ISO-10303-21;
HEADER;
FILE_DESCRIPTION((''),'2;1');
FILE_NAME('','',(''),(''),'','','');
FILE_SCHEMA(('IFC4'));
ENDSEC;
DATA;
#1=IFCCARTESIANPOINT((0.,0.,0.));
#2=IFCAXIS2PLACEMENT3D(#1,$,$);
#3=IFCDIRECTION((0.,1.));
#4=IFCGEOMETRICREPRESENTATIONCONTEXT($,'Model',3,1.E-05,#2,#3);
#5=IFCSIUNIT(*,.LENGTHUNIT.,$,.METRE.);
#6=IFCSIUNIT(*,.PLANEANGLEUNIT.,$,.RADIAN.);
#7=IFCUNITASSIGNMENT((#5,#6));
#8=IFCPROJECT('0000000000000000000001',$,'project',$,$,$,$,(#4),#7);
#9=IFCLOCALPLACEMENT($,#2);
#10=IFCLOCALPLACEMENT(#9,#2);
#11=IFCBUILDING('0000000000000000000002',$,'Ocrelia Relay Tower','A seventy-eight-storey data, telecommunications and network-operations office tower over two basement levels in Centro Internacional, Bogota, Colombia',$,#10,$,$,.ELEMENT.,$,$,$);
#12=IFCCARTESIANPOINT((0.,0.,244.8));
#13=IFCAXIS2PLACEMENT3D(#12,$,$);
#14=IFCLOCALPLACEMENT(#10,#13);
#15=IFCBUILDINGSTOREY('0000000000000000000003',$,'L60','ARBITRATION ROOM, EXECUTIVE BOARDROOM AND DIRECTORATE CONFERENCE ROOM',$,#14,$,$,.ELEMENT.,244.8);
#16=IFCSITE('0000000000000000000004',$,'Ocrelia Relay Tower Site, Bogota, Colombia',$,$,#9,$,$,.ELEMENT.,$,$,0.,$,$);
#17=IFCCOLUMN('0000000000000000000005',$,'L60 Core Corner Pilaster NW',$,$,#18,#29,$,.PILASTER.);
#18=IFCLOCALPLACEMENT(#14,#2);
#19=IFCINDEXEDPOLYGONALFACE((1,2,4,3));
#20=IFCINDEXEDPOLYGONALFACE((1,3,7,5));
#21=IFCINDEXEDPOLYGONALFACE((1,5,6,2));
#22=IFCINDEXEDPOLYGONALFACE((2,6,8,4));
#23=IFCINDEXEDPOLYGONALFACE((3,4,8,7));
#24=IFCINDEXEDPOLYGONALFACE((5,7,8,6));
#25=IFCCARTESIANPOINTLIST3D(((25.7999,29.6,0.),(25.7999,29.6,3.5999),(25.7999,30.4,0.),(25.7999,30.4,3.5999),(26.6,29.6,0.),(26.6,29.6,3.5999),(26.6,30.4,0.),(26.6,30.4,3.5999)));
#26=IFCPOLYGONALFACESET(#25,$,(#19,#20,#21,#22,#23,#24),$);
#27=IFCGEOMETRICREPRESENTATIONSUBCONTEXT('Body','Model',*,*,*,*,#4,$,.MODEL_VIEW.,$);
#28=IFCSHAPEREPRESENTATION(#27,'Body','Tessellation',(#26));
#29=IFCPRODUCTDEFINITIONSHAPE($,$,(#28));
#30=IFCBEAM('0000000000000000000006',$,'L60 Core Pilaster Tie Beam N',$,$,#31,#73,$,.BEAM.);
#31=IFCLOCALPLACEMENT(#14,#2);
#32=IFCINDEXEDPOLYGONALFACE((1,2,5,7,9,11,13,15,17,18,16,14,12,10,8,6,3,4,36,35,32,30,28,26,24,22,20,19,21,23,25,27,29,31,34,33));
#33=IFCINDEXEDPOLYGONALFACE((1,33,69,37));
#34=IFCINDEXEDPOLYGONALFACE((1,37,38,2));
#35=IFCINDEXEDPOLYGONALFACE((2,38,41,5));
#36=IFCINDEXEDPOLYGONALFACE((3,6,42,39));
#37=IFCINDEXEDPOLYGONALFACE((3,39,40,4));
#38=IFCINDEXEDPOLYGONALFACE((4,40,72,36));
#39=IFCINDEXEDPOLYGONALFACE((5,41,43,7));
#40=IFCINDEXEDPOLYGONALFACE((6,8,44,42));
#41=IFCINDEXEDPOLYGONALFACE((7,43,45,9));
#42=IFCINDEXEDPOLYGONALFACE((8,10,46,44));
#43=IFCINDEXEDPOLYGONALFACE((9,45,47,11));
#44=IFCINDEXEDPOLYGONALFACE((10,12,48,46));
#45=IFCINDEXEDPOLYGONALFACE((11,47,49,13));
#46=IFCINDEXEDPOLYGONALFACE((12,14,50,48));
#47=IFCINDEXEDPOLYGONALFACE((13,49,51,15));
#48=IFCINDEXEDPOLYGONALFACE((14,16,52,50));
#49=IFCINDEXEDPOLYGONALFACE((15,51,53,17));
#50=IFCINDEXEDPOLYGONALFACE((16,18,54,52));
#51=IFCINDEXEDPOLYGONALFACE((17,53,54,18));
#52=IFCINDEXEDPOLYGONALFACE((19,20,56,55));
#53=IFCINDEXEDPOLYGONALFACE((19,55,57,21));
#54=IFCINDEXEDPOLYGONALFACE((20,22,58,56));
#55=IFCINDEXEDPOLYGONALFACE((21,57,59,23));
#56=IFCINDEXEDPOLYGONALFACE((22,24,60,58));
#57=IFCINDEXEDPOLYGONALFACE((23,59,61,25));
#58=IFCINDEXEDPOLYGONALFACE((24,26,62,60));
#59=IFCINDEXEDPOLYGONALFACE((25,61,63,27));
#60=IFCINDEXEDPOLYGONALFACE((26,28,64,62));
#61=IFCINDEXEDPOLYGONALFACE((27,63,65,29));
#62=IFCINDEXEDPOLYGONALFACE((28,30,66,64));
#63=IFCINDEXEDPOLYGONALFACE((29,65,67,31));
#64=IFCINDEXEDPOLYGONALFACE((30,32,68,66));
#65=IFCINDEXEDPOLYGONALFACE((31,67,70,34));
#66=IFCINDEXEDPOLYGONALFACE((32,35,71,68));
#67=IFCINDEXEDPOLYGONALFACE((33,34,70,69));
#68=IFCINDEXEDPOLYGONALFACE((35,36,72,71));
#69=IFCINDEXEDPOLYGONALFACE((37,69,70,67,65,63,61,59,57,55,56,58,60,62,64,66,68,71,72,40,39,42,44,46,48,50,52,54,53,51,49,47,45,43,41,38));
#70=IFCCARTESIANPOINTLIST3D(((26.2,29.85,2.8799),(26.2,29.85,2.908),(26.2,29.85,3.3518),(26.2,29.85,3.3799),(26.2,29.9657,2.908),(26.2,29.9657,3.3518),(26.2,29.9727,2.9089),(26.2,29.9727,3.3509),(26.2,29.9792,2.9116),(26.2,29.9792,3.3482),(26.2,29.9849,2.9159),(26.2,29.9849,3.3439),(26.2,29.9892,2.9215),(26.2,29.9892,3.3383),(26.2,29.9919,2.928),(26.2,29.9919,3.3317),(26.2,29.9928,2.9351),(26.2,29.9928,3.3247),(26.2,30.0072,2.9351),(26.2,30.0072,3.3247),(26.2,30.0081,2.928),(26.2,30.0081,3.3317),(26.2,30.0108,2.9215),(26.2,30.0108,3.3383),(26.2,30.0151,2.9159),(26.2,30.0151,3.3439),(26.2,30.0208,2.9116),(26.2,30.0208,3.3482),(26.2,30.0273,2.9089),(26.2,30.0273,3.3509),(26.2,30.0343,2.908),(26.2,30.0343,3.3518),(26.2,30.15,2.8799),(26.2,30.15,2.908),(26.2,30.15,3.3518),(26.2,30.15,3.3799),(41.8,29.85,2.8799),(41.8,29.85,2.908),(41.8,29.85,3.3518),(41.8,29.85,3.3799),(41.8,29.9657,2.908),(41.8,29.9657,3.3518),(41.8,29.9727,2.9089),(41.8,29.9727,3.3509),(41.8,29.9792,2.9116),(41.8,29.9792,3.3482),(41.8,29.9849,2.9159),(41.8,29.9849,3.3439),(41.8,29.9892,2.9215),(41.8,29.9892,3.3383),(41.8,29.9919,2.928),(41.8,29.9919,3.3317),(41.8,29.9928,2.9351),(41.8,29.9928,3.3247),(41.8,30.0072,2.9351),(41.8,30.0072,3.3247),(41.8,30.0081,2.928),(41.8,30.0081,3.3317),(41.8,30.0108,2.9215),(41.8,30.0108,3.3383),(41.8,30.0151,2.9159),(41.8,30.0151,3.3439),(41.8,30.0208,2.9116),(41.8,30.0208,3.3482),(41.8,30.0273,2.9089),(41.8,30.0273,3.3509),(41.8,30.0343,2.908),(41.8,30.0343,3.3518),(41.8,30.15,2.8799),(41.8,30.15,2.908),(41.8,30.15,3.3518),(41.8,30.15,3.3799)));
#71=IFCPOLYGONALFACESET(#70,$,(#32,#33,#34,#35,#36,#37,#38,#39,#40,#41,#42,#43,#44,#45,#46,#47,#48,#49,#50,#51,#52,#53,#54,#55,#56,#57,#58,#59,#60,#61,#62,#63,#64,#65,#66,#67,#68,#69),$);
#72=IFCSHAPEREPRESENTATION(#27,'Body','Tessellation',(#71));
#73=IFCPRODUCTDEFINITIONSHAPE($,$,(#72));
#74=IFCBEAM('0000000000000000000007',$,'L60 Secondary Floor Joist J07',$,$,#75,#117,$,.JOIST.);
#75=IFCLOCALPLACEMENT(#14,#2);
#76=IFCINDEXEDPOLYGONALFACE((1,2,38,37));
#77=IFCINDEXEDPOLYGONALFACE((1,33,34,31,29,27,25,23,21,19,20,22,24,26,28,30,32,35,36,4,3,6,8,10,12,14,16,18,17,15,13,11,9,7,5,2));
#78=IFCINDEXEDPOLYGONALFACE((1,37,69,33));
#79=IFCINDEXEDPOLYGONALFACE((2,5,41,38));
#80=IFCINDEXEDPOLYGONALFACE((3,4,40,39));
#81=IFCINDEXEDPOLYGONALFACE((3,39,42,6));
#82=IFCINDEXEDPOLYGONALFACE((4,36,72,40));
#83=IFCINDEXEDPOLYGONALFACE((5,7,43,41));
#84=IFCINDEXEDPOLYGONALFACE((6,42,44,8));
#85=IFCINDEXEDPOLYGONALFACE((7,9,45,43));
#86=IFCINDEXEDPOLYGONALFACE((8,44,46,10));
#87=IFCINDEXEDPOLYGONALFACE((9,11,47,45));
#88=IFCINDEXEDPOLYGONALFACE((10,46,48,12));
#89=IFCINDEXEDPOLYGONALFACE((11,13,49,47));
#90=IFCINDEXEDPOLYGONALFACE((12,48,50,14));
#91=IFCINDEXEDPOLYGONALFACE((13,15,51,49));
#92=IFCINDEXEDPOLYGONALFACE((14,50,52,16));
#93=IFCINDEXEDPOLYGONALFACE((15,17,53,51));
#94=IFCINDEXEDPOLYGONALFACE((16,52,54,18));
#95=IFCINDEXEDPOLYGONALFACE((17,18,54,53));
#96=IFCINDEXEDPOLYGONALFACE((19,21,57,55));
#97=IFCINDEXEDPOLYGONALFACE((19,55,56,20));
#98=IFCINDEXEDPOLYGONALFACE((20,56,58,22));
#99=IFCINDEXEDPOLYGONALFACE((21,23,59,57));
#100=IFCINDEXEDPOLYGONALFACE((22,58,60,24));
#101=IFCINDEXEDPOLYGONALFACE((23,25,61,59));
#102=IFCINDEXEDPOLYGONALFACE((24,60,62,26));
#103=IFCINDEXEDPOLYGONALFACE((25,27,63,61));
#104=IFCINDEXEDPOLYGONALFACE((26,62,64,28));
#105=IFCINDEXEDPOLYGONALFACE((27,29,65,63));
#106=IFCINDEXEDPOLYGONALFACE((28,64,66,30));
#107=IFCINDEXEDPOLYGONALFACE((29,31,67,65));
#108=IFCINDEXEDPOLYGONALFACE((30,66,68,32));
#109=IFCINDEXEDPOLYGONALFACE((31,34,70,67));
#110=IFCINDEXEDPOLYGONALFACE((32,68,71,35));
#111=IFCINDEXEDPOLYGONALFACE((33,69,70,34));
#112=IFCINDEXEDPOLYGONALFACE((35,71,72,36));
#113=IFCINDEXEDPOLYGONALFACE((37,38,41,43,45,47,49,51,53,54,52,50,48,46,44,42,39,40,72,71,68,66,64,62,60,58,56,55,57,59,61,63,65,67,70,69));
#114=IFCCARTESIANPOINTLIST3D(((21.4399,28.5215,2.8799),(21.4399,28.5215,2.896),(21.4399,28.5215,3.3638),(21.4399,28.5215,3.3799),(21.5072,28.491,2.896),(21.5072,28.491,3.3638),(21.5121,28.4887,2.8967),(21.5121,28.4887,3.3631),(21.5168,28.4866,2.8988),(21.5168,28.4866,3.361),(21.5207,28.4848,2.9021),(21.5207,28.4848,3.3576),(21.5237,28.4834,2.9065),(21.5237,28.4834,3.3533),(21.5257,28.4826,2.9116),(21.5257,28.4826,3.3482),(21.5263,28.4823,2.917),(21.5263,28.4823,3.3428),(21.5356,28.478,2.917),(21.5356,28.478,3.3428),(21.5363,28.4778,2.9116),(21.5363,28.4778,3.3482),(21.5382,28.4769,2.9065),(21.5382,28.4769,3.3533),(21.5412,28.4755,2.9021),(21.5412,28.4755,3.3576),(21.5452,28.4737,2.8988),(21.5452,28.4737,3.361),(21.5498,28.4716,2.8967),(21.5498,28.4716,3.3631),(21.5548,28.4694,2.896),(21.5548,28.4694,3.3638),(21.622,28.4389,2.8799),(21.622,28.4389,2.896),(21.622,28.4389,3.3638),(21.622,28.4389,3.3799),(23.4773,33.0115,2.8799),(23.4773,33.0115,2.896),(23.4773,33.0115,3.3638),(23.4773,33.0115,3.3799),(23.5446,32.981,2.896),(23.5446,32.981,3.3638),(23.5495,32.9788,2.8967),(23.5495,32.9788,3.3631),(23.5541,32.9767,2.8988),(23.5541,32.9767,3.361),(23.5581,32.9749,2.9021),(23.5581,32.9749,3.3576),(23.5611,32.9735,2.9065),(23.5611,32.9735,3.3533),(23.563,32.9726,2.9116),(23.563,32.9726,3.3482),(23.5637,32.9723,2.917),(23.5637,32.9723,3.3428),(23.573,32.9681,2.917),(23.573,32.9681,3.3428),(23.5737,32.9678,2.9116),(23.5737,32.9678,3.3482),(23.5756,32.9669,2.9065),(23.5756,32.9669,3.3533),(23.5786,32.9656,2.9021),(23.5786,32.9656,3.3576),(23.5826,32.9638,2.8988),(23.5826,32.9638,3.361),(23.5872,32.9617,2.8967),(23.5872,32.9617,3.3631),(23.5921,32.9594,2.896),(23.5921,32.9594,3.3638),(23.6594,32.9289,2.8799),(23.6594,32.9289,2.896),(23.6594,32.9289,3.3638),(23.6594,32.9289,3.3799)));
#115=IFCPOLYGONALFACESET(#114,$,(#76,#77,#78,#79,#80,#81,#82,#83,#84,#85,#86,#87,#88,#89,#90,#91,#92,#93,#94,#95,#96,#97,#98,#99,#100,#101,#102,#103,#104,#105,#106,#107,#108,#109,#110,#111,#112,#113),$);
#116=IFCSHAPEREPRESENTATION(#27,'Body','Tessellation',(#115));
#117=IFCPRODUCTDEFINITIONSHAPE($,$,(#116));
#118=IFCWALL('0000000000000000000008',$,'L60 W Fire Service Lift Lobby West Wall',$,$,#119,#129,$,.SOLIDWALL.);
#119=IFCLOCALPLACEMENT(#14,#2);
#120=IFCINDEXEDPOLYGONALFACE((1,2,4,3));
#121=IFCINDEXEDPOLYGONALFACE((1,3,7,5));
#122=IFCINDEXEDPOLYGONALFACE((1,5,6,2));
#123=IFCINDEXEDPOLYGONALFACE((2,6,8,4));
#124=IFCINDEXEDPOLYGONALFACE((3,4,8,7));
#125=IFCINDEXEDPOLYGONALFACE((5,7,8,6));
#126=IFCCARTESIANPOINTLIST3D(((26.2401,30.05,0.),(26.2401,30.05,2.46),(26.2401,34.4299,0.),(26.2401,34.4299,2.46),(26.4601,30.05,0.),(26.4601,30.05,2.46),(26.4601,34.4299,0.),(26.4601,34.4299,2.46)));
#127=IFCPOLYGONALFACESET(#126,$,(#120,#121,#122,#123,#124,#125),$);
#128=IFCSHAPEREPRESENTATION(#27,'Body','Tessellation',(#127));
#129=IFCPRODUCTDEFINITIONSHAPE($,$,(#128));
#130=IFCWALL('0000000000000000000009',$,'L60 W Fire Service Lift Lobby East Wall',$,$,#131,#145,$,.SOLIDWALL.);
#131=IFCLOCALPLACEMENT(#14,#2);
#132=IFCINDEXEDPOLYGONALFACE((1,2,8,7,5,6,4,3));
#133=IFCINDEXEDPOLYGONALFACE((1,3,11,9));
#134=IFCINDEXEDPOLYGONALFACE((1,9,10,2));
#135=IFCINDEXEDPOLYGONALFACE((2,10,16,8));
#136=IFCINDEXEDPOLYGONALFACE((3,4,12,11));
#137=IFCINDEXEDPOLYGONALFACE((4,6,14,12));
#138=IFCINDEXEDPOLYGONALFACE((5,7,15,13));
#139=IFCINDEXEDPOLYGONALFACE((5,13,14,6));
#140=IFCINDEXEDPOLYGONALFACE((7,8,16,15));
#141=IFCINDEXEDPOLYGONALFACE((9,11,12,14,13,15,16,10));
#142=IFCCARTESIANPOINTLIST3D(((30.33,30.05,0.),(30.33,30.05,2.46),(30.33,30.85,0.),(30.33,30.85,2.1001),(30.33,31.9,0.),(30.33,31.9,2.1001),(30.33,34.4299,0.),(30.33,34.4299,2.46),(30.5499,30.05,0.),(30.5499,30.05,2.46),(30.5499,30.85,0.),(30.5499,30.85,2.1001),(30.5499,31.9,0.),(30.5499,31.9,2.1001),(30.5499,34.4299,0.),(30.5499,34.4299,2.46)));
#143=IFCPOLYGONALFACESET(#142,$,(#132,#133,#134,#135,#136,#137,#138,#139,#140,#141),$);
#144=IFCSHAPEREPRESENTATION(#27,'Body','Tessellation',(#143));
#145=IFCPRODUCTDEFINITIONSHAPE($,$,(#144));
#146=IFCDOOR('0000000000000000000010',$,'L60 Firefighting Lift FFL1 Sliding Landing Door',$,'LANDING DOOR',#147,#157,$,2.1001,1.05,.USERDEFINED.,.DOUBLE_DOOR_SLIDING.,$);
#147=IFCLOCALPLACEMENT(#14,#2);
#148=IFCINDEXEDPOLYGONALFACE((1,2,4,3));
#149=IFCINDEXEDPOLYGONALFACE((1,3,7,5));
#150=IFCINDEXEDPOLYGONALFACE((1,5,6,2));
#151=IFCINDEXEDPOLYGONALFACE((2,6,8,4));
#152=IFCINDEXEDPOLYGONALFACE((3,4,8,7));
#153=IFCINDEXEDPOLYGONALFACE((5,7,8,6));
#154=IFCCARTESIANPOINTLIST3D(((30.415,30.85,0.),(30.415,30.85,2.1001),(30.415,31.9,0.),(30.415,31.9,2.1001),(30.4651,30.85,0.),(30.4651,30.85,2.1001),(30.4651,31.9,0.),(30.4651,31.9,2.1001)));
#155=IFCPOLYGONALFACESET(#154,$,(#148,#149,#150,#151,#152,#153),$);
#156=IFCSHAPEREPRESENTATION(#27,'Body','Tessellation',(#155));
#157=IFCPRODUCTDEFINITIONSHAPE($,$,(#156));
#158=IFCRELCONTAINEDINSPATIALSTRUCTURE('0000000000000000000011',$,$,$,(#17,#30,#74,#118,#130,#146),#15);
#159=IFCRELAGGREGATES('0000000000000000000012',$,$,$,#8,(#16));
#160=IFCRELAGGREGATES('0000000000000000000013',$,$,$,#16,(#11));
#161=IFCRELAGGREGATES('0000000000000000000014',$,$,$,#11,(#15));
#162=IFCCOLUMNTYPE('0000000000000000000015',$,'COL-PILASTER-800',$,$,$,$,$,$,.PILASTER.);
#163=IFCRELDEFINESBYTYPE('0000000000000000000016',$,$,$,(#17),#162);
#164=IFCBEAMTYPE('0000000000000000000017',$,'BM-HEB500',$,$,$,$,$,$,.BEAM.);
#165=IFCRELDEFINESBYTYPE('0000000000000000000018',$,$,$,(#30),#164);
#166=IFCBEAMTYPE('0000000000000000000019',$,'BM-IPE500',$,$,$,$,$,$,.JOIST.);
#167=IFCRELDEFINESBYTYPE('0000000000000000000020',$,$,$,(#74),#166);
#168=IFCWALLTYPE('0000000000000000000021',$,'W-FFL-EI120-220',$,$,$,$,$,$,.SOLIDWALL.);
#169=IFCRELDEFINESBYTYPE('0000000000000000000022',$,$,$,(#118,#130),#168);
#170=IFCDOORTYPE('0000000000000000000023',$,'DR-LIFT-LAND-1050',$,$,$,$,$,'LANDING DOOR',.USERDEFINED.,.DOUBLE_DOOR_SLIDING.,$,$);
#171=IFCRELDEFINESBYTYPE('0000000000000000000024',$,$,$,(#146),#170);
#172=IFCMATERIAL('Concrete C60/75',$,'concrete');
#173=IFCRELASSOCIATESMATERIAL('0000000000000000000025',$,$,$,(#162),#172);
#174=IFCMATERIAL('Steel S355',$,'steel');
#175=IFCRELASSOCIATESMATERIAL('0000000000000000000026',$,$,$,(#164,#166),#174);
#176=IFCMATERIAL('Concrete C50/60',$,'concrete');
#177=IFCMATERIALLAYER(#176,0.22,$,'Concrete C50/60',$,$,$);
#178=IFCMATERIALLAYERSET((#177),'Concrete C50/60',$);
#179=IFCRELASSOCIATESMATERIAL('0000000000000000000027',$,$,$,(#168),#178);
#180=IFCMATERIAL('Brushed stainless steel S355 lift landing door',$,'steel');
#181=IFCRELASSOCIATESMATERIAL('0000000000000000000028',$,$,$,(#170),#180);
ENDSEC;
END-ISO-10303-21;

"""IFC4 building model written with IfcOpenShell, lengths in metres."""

from ifc_helpers import new_model, si_unit, direction, frame, frame_2d, origin, origin_2d, place, context, subcontext, project, spatial, rectangle, i_section, extrude, material, layer, layer_set, material_profile, profile_set, type_object, element, fill, save


model = new_model("IFC4")

# Units and contexts
model_context = context("Model", 3, precision=1e-05, world=origin(), true_north=direction((0.0, 1.0)))
body_context = subcontext(model_context, "Body", "Model", "MODEL_VIEW")
ifc_project = project(units=[si_unit("LENGTHUNIT", "METRE"), si_unit("PLANEANGLEUNIT", "RADIAN")], contexts=[model_context])

# Site, building, storey
site_placement = place(None, origin())
site = spatial("IfcSite", under=ifc_project, at=site_placement, Name="Ocrelia Relay Tower Site, Bogota, Colombia", CompositionType="ELEMENT", RefElevation=0.0)
building_placement = place(site_placement, origin())
building = spatial("IfcBuilding", under=site, at=building_placement, Name="Ocrelia Relay Tower", Description="A seventy-eight-storey data, telecommunications and network-operations office tower over two basement levels in Centro Internacional, Bogota, Colombia", CompositionType="ELEMENT")
storey_placement = place(building_placement, frame((0.0, 0.0, 244.8)))
storey = spatial("IfcBuildingStorey", under=building, at=storey_placement, Name="L60", Description="ARBITRATION ROOM, EXECUTIVE BOARDROOM AND DIRECTORATE CONFERENCE ROOM", CompositionType="ELEMENT", Elevation=244.8)

# Column
ifc_material_1 = material(Name="Concrete C60/75", Category="concrete")
ifc_material_profile_1 = material_profile(ifc_material_1, rectangle(XDim=0.8, YDim=0.8, at=origin_2d()), Name="RC-COL-800x800")
ifc_profile_set_1 = profile_set([ifc_material_profile_1], Name="Concrete C60/75")
column_type = type_object("IfcColumnType", Name="COL-PILASTER-800", PredefinedType="PILASTER", material=ifc_profile_set_1)
column_placement = place(storey_placement, frame((26.2, 30.0, 0.0), z_axis=(0.0, 0.0, 1.0), x_axis=(1.0, 0.0, 0.0)))
element("IfcColumn", 1, at=column_placement, inside=storey, type_object=column_type, Name="L60 Core Corner Pilaster NW", PredefinedType="PILASTER", context=body_context, shape_type="SweptSolid", body=[
    extrude(rectangle(XDim=0.8, YDim=0.8, at=origin_2d()), origin(), (0.0, 0.0, 1.0), 3.5999),
])

# Beams
ifc_material_2 = material(Name="Steel S355", Category="steel")
ifc_material_profile_2 = material_profile(ifc_material_2, i_section(OverallWidth=0.3, OverallDepth=0.5, WebThickness=0.0144, FlangeThickness=0.0281, FilletRadius=0.0271, at=origin_2d()), Name="HEB 500")
ifc_profile_set_2 = profile_set([ifc_material_profile_2], Name="Steel S355")
beam_type_1 = type_object("IfcBeamType", Name="BM-HEB500", PredefinedType="BEAM", material=ifc_profile_set_2)
beam_1_placement = place(storey_placement, frame((26.2, 30.0, 3.1299), z_axis=(1.0, 0.0, 0.0), x_axis=(0.0, 1.0, 0.0)))
element("IfcBeam", 2, at=beam_1_placement, inside=storey, type_object=beam_type_1, Name="L60 Core Pilaster Tie Beam N", PredefinedType="BEAM", context=body_context, shape_type="SweptSolid", body=[
    extrude(i_section(OverallWidth=0.3, OverallDepth=0.5, WebThickness=0.0144, FlangeThickness=0.0281, FilletRadius=0.0271, at=origin_2d()), origin(), (0.0, 0.0, 1.0), 15.6001),
])
ifc_material_profile_3 = material_profile(ifc_material_2, i_section(OverallWidth=0.2, OverallDepth=0.5, WebThickness=0.0103, FlangeThickness=0.0161, FilletRadius=0.021, at=origin_2d()), Name="IPE 500")
ifc_profile_set_3 = profile_set([ifc_material_profile_3], Name="Steel S355")
beam_type_2 = type_object("IfcBeamType", Name="BM-IPE500", PredefinedType="JOIST", material=ifc_profile_set_3)
beam_2_placement = place(storey_placement, frame((23.5684, 32.9702, 3.1299), z_axis=(-0.413206, -0.910638, 0.0), x_axis=(0.910638, -0.413206, 0.0)))
element("IfcBeam", 3, at=beam_2_placement, inside=storey, type_object=beam_type_2, Name="L60 Secondary Floor Joist J07", PredefinedType="JOIST", context=body_context, shape_type="SweptSolid", body=[
    extrude(i_section(OverallWidth=0.2, OverallDepth=0.5, WebThickness=0.0103, FlangeThickness=0.0161, FilletRadius=0.021, at=origin_2d()), origin(), (0.0, 0.0, 1.0), 4.9307),
])

# Shared definitions
ifc_material_3 = material(Name="Concrete C50/60", Category="concrete")

# Wall
ifc_layer_1 = layer(ifc_material_3, 0.22, Name="Concrete C50/60")
ifc_layer_set_1 = layer_set([ifc_layer_1], Name="Concrete C50/60")
wall_type_1 = type_object("IfcWallType", Name="W-FFL-EI120-220", PredefinedType="SOLIDWALL", material=ifc_layer_set_1)
wall_1_placement = place(storey_placement, frame((26.3501, 30.05, 0.0), z_axis=(0.0, 0.0, 1.0), x_axis=(0.0, 1.0, 0.0)))
element("IfcWall", 4, at=wall_1_placement, inside=storey, type_object=wall_type_1, Name="L60 W Fire Service Lift Lobby West Wall", PredefinedType="SOLIDWALL", context=body_context, shape_type="SweptSolid", body=[
    extrude(rectangle(XDim=4.3799, YDim=0.22, at=frame_2d((2.1899, 0.0))), origin(), (0.0, 0.0, 1.0), 2.46),
])

# Wall, opening, door
wall_2_placement = place(storey_placement, frame((30.4399, 30.05, 0.0), z_axis=(0.0, 0.0, 1.0), x_axis=(0.0, 1.0, 0.0)))
wall_2 = element("IfcWall", 5, at=wall_2_placement, inside=storey, type_object=wall_type_1, Name="L60 W Fire Service Lift Lobby East Wall", PredefinedType="SOLIDWALL", context=body_context, shape_type="SweptSolid", body=[
    extrude(rectangle(XDim=4.3799, YDim=0.22, at=frame_2d((2.1899, 0.0))), origin(), (0.0, 0.0, 1.0), 2.46),
])
opening_1_placement = place(wall_2_placement, frame((0.8, 0.0, 0.0)))
opening_1 = element("IfcOpeningElement", 6, at=opening_1_placement, cuts=wall_2, PredefinedType="OPENING", context=body_context, shape_type="SweptSolid", body=[
    extrude(rectangle(XDim=1.05, YDim=2.1001, at=frame_2d((0.5249, 1.05))), frame((0.0, 0.1201, 0.0), z_axis=(0.0, -1.0, 0.0), x_axis=(1.0, 0.0, 0.0)), (0.0, 0.0, 1.0), 0.24),
])
ifc_material_4 = material(Name="Brushed stainless steel S355 lift landing door", Category="steel")
door_type_1 = type_object("IfcDoorType", Name="DR-LIFT-LAND-1050", ElementType="LANDING DOOR", OperationType="DOUBLE_DOOR_SLIDING", PredefinedType="USERDEFINED", material=ifc_material_4)
door_1_placement = place(opening_1_placement, origin())
door_1 = element("IfcDoor", 7, at=door_1_placement, inside=storey, type_object=door_type_1, Name="L60 Firefighting Lift FFL1 Sliding Landing Door", ObjectType="LANDING DOOR", OperationType="DOUBLE_DOOR_SLIDING", OverallHeight=2.1001, OverallWidth=1.05, PredefinedType="USERDEFINED", context=body_context, shape_type="SweptSolid", body=[
    extrude(rectangle(XDim=1.05, YDim=2.1001, at=frame_2d((0.5249, 1.05))), frame((0.0, 0.0249, 0.0), z_axis=(0.0, -1.0, 0.0), x_axis=(1.0, 0.0, 0.0)), (0.0, 0.0, 1.0), 0.05),
])
fill(opening_1, door_1)

save(model, "model.ifc")
